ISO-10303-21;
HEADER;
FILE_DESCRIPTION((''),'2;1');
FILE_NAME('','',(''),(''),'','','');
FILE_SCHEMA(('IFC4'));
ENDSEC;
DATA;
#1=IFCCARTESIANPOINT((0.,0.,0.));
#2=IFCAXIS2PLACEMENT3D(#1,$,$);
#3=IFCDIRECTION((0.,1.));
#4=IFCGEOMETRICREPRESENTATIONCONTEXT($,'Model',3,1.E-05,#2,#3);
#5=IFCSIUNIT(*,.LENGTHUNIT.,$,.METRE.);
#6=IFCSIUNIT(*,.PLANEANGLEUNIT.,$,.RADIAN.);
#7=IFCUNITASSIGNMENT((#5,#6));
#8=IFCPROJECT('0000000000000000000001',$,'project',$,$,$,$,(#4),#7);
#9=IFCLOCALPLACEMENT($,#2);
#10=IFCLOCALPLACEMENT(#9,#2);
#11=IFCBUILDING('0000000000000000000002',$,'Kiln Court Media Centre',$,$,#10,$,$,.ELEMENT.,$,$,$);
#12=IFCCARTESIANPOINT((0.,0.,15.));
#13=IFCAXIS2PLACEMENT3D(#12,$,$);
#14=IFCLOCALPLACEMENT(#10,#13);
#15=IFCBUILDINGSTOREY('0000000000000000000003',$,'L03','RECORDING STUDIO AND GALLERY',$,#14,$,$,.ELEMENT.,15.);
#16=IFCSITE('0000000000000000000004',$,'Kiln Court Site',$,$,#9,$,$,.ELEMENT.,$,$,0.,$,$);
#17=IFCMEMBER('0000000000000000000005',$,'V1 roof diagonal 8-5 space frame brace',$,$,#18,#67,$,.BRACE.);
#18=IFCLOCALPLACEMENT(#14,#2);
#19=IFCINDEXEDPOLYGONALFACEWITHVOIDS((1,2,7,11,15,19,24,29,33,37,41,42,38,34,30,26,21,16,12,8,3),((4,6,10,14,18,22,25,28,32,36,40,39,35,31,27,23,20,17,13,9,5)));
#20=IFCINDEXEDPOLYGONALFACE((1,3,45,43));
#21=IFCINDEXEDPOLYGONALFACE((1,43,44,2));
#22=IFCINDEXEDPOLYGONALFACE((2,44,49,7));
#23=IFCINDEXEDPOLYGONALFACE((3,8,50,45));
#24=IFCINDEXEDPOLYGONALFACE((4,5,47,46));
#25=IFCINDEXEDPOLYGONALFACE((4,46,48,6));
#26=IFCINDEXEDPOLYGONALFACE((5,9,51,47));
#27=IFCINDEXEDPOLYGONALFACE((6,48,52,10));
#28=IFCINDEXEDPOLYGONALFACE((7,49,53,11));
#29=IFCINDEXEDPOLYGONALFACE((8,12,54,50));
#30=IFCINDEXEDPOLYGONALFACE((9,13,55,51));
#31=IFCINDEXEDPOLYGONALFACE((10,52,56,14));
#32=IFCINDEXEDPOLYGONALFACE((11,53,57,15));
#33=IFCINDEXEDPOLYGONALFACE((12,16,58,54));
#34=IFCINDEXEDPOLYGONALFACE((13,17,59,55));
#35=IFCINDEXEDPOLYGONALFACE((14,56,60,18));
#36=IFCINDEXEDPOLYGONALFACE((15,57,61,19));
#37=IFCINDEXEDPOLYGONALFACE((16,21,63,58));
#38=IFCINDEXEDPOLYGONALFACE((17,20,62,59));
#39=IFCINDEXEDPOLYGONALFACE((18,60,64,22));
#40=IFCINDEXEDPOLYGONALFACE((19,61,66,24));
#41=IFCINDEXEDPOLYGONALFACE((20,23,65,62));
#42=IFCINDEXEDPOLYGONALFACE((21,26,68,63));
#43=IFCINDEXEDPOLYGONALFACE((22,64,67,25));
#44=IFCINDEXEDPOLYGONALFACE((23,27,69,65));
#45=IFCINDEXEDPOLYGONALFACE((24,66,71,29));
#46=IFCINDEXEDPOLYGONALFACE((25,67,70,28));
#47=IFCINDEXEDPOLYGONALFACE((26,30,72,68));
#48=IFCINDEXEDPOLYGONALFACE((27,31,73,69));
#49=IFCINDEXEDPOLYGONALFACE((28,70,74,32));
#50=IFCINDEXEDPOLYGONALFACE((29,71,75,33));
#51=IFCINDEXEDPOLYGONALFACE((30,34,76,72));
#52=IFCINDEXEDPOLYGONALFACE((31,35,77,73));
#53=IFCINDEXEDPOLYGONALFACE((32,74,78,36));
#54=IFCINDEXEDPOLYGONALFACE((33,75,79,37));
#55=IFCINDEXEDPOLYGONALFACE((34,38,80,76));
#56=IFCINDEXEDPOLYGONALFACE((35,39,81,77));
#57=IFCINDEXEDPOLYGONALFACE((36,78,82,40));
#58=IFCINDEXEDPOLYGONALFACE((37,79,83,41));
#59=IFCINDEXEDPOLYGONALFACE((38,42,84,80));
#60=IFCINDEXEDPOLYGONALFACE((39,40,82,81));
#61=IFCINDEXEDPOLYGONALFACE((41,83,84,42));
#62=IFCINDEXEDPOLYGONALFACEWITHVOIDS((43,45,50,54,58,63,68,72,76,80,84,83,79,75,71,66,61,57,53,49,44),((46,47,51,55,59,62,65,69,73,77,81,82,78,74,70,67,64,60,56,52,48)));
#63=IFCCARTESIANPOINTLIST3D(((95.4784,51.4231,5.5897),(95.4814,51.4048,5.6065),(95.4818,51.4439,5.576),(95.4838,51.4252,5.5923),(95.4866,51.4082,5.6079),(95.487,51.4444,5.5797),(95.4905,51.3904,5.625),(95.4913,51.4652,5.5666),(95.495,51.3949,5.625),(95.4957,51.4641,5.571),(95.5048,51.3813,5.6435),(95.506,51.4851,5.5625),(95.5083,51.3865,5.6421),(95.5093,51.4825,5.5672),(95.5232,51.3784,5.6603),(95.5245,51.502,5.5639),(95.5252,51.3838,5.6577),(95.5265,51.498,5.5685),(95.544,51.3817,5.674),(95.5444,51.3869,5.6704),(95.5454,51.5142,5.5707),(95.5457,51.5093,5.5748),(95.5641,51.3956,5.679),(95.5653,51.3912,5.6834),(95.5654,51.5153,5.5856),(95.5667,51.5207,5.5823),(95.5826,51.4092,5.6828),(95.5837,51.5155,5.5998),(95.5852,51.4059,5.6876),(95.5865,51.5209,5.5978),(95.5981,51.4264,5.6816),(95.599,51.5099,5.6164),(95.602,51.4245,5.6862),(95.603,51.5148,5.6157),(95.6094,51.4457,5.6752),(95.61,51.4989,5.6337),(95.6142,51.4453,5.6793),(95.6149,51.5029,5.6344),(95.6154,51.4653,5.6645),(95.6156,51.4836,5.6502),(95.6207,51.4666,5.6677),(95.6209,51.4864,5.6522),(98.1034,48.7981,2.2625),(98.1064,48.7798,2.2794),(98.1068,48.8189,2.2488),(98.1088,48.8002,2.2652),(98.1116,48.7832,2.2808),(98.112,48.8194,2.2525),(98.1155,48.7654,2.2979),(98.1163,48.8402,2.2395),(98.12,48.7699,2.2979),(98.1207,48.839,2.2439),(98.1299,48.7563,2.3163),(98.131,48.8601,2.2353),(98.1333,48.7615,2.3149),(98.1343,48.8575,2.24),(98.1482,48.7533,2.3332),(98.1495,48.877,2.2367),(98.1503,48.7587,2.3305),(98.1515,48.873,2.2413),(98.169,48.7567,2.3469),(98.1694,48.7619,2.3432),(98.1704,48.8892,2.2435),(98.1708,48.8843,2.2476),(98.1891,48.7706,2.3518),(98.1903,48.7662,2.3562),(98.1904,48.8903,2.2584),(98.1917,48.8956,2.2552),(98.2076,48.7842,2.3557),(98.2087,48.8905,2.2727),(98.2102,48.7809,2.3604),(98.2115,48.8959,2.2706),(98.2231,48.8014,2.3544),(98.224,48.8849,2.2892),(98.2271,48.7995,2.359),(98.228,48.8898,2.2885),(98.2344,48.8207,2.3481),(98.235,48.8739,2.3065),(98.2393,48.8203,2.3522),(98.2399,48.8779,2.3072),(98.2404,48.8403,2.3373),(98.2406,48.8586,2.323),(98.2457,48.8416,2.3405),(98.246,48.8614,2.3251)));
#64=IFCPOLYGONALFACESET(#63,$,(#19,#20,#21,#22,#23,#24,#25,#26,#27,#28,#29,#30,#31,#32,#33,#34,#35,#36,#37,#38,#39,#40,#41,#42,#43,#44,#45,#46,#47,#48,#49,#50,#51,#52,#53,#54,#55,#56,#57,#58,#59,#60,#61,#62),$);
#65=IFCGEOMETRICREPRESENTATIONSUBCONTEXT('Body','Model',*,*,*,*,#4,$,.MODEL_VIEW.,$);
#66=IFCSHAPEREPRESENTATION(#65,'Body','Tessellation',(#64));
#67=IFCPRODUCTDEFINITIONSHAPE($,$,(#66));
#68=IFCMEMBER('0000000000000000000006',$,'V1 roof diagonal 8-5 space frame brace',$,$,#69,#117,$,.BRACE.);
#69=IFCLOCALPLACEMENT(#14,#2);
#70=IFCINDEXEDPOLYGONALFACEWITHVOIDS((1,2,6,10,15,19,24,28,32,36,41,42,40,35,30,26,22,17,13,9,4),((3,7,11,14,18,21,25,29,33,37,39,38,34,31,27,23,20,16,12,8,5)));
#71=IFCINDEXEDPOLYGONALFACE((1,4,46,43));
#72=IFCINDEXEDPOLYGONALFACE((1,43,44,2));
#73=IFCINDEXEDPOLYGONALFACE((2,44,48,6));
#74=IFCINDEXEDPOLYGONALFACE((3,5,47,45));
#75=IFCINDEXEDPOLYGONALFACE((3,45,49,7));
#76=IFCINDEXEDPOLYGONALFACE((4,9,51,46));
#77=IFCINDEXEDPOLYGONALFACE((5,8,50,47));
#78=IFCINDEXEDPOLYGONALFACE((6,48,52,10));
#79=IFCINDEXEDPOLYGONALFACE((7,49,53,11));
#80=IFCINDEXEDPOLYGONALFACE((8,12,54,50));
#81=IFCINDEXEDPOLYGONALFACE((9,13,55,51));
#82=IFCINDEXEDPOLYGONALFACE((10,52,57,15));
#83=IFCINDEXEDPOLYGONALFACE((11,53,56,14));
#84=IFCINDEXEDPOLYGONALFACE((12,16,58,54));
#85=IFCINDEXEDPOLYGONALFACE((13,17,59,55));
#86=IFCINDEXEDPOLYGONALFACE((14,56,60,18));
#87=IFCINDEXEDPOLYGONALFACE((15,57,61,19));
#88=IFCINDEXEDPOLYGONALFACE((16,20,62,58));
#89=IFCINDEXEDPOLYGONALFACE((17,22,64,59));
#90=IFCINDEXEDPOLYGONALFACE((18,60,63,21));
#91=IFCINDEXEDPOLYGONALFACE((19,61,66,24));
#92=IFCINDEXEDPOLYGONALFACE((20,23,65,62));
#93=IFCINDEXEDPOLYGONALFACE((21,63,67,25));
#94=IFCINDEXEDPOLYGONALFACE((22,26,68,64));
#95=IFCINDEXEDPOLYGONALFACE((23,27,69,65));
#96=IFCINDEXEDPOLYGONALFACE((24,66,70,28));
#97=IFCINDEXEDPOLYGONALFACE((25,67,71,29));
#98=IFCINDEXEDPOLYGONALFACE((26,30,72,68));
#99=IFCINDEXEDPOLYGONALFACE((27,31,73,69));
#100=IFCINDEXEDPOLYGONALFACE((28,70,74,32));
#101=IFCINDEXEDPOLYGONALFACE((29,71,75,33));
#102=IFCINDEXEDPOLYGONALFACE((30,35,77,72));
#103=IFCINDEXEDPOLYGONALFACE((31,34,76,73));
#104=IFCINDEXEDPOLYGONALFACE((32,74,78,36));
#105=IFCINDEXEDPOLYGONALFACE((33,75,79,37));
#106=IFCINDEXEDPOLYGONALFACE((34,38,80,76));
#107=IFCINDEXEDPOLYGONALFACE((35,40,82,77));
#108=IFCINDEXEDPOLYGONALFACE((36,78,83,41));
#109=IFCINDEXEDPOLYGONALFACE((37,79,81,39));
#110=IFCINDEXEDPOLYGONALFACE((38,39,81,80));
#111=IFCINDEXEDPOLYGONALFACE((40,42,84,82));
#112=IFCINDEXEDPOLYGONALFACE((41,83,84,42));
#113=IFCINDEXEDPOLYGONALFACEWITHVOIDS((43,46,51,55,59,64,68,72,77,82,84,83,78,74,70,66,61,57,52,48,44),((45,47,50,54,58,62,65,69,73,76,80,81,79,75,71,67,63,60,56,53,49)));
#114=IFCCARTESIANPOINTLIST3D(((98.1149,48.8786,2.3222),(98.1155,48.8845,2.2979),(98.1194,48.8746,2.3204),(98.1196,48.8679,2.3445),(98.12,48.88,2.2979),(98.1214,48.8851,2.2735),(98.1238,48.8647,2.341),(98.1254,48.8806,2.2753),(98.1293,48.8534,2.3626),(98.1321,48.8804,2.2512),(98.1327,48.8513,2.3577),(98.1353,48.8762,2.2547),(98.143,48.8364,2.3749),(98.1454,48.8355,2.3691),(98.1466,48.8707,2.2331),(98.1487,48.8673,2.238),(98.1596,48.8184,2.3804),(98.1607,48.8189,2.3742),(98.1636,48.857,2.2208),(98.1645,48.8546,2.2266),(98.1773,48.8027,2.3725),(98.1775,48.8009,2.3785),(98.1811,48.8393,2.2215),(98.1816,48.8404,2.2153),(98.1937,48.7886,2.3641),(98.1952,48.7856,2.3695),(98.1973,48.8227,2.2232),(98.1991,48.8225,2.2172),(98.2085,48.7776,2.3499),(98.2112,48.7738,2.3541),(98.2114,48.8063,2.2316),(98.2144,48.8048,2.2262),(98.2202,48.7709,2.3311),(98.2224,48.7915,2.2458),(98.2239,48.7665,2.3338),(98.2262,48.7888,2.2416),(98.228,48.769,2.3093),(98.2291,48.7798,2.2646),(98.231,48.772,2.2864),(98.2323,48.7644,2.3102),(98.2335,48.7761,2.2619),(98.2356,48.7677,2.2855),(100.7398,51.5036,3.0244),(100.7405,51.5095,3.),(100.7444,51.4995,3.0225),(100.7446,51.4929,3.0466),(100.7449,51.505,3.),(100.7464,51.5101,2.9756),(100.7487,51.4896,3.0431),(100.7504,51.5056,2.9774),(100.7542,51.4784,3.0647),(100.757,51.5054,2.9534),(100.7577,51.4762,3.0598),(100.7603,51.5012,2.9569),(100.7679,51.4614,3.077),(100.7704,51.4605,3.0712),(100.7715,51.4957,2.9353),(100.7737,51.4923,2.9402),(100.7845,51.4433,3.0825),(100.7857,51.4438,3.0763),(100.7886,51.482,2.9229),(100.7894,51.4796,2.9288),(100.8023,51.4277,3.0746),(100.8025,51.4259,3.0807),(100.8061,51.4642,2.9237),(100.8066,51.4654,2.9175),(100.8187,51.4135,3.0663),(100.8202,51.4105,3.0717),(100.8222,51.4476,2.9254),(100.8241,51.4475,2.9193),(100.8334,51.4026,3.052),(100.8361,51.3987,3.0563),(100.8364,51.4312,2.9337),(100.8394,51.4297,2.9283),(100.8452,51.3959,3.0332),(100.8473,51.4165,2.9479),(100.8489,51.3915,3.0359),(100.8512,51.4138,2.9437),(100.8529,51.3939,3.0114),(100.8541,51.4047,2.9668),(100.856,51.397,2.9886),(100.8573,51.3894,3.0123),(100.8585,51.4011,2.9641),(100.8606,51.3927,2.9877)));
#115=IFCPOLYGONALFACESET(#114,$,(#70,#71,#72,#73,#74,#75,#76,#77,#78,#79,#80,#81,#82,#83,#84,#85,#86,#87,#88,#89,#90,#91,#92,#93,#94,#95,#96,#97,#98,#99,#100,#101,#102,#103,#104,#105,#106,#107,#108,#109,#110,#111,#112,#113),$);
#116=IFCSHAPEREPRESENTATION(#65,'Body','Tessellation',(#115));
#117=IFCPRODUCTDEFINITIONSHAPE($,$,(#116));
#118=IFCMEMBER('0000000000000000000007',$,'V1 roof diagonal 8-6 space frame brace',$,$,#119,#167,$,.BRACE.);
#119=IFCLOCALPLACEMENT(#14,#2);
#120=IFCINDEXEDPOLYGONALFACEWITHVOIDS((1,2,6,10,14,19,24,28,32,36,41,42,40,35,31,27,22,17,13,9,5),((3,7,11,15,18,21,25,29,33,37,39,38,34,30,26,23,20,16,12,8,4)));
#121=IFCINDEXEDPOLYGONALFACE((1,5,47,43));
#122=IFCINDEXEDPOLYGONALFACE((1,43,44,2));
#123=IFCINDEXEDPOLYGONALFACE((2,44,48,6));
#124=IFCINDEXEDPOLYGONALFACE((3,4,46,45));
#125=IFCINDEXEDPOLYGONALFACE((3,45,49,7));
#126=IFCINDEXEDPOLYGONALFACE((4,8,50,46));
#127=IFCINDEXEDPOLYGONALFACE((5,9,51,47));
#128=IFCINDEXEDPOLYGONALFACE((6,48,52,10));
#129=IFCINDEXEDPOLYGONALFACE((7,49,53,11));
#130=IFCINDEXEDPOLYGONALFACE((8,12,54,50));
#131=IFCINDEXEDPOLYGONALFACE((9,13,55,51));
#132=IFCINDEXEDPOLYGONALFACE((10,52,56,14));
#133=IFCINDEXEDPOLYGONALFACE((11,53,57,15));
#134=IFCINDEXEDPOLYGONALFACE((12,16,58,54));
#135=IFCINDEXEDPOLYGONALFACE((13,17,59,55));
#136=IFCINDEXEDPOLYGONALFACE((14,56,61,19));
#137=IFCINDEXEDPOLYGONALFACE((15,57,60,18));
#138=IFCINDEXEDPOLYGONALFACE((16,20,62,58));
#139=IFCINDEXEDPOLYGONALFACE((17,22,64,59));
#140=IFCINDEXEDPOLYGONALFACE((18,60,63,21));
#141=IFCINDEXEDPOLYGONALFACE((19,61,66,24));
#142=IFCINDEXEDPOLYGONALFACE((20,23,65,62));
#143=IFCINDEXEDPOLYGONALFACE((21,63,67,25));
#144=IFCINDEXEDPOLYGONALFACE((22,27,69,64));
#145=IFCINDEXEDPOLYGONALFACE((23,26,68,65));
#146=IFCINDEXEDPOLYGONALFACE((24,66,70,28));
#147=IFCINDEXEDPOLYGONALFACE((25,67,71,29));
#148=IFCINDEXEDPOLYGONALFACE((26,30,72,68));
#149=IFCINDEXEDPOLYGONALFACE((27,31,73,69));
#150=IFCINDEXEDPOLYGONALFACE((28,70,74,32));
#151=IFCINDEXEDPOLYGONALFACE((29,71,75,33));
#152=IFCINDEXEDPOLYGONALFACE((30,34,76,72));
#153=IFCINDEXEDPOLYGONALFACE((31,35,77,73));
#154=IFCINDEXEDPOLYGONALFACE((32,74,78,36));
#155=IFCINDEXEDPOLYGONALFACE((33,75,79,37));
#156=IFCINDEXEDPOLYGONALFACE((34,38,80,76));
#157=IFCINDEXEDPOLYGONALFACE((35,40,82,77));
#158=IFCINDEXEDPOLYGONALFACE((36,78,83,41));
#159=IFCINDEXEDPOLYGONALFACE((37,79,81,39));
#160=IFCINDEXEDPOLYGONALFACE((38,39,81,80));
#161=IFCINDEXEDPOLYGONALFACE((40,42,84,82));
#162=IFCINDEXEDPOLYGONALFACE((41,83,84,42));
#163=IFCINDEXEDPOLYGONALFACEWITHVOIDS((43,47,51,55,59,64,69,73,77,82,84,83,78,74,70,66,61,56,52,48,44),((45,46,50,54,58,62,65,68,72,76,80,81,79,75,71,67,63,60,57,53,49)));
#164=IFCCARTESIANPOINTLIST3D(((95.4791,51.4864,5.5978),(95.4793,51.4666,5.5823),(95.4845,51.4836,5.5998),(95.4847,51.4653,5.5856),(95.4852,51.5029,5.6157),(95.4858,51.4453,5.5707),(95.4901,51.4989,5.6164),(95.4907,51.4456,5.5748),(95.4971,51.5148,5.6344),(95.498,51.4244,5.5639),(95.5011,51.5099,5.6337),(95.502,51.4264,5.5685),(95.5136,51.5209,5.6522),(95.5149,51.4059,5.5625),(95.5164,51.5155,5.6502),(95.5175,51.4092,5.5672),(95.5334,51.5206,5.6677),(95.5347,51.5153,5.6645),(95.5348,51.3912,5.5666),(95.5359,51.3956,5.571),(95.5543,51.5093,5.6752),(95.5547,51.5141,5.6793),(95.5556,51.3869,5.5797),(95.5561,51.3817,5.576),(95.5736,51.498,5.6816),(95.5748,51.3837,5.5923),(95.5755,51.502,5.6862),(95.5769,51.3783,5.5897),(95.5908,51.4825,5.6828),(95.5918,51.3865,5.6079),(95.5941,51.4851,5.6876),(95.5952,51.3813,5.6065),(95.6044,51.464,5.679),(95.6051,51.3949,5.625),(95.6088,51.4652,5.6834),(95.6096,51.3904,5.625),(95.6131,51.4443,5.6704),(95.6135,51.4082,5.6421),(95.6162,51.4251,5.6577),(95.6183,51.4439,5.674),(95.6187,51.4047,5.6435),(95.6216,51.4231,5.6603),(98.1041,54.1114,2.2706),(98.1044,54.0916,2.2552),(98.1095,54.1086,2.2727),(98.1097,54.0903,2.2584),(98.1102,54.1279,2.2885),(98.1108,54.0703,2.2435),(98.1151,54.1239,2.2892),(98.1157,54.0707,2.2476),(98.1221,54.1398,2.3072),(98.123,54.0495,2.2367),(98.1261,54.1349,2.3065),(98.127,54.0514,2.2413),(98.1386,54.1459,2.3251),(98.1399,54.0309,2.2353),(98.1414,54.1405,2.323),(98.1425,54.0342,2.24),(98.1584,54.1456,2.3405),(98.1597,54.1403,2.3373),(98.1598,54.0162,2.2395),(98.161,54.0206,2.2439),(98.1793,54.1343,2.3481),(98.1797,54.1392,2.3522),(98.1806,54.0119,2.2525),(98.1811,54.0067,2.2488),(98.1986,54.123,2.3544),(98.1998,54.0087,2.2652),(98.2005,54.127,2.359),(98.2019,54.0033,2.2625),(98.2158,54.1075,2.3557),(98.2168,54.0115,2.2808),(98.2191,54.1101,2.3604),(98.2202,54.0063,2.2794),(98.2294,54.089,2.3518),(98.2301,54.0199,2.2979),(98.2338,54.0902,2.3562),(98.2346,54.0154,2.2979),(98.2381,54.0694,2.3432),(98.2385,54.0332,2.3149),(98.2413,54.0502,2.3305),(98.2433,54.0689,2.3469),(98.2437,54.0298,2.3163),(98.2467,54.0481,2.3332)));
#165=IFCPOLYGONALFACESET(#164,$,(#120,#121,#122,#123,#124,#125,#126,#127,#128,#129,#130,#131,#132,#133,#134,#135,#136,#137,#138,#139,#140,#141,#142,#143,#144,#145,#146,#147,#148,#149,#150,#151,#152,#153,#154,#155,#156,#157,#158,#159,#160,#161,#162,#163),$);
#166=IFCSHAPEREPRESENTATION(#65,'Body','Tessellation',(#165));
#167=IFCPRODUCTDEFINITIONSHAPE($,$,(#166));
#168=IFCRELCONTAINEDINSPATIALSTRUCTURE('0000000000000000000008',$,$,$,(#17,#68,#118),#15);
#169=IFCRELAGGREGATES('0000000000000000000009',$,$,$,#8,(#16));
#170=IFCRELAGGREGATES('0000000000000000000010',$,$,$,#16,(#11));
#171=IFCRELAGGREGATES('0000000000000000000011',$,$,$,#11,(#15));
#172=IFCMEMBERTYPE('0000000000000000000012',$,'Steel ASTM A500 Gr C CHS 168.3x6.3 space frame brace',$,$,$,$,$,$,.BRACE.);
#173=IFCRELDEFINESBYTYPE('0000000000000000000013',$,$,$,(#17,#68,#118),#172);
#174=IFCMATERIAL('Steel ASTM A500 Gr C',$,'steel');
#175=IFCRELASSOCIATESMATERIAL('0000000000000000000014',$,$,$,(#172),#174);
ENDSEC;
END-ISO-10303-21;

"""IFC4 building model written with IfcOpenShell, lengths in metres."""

from ifc_helpers import new_model, si_unit, direction, frame, origin, origin_2d, place, context, subcontext, project, spatial, hollow_circle, extrude, material, material_profile, profile_set, type_object, element, save


model = new_model("IFC4")

# Units and contexts
model_context = context("Model", 3, precision=1e-05, world=origin(), true_north=direction((0.0, 1.0)))
body_context = subcontext(model_context, "Body", "Model", "MODEL_VIEW")
ifc_project = project(units=[si_unit("LENGTHUNIT", "METRE"), si_unit("PLANEANGLEUNIT", "RADIAN")], contexts=[model_context])

# Site, building, storey
site_placement = place(None, origin())
site = spatial("IfcSite", under=ifc_project, at=site_placement, Name="Kiln Court Site", CompositionType="ELEMENT", RefElevation=0.0)
building_placement = place(site_placement, origin())
building = spatial("IfcBuilding", under=site, at=building_placement, Name="Kiln Court Media Centre", CompositionType="ELEMENT")
storey_placement = place(building_placement, frame((0.0, 0.0, 15.0)))
storey = spatial("IfcBuildingStorey", under=building, at=storey_placement, Name="L03", Description="RECORDING STUDIO AND GALLERY", CompositionType="ELEMENT", Elevation=15.0)

# Members
ifc_material_1 = material(Name="Steel ASTM A500 Gr C", Category="steel")
ifc_material_profile_1 = material_profile(ifc_material_1, hollow_circle(Radius=0.0842, WallThickness=0.0063, at=origin_2d()), Name="CHS 168.3x6.3")
ifc_profile_set_1 = profile_set([ifc_material_profile_1], Name="Steel ASTM A500 Gr C")
member_type_1 = type_object("IfcMemberType", Name="Steel ASTM A500 Gr C CHS 168.3x6.3 space frame brace", PredefinedType="BRACE", material=ifc_profile_set_1)
member_1_placement = place(storey_placement, frame((98.175, 48.825, 2.2979), z_axis=(-0.52657, 0.52657, 0.667419), x_axis=(-0.707107, -0.707107, 0.0)))
element("IfcMember", 1, at=member_1_placement, inside=storey, type_object=member_type_1, Name="V1 roof diagonal 8-5 space frame brace", PredefinedType="BRACE", context=body_context, shape_type="SweptSolid", body=[
    extrude(hollow_circle(Radius=0.0842, WallThickness=0.0063, at=origin_2d()), origin(), (0.0, 0.0, 1.0), 4.9851),
])
member_2_placement = place(storey_placement, frame((98.175, 48.825, 2.2979), z_axis=(0.694788, 0.694788, 0.185846), x_axis=(-0.707107, 0.707107, 0.0)))
element("IfcMember", 2, at=member_2_placement, inside=storey, type_object=member_type_1, Name="V1 roof diagonal 8-5 space frame brace", PredefinedType="BRACE", context=body_context, shape_type="SweptSolid", body=[
    extrude(hollow_circle(Radius=0.0842, WallThickness=0.0063, at=origin_2d()), origin(), (0.0, 0.0, 1.0), 3.7781),
])
member_3_placement = place(storey_placement, frame((98.175, 54.075, 2.2979), z_axis=(-0.52657, -0.52657, 0.667419), x_axis=(0.707107, -0.707107, 0.0)))
element("IfcMember", 3, at=member_3_placement, inside=storey, type_object=member_type_1, Name="V1 roof diagonal 8-6 space frame brace", PredefinedType="BRACE", context=body_context, shape_type="SweptSolid", body=[
    extrude(hollow_circle(Radius=0.0842, WallThickness=0.0063, at=origin_2d()), origin(), (0.0, 0.0, 1.0), 4.9851),
])

save(model, "model.ifc")
